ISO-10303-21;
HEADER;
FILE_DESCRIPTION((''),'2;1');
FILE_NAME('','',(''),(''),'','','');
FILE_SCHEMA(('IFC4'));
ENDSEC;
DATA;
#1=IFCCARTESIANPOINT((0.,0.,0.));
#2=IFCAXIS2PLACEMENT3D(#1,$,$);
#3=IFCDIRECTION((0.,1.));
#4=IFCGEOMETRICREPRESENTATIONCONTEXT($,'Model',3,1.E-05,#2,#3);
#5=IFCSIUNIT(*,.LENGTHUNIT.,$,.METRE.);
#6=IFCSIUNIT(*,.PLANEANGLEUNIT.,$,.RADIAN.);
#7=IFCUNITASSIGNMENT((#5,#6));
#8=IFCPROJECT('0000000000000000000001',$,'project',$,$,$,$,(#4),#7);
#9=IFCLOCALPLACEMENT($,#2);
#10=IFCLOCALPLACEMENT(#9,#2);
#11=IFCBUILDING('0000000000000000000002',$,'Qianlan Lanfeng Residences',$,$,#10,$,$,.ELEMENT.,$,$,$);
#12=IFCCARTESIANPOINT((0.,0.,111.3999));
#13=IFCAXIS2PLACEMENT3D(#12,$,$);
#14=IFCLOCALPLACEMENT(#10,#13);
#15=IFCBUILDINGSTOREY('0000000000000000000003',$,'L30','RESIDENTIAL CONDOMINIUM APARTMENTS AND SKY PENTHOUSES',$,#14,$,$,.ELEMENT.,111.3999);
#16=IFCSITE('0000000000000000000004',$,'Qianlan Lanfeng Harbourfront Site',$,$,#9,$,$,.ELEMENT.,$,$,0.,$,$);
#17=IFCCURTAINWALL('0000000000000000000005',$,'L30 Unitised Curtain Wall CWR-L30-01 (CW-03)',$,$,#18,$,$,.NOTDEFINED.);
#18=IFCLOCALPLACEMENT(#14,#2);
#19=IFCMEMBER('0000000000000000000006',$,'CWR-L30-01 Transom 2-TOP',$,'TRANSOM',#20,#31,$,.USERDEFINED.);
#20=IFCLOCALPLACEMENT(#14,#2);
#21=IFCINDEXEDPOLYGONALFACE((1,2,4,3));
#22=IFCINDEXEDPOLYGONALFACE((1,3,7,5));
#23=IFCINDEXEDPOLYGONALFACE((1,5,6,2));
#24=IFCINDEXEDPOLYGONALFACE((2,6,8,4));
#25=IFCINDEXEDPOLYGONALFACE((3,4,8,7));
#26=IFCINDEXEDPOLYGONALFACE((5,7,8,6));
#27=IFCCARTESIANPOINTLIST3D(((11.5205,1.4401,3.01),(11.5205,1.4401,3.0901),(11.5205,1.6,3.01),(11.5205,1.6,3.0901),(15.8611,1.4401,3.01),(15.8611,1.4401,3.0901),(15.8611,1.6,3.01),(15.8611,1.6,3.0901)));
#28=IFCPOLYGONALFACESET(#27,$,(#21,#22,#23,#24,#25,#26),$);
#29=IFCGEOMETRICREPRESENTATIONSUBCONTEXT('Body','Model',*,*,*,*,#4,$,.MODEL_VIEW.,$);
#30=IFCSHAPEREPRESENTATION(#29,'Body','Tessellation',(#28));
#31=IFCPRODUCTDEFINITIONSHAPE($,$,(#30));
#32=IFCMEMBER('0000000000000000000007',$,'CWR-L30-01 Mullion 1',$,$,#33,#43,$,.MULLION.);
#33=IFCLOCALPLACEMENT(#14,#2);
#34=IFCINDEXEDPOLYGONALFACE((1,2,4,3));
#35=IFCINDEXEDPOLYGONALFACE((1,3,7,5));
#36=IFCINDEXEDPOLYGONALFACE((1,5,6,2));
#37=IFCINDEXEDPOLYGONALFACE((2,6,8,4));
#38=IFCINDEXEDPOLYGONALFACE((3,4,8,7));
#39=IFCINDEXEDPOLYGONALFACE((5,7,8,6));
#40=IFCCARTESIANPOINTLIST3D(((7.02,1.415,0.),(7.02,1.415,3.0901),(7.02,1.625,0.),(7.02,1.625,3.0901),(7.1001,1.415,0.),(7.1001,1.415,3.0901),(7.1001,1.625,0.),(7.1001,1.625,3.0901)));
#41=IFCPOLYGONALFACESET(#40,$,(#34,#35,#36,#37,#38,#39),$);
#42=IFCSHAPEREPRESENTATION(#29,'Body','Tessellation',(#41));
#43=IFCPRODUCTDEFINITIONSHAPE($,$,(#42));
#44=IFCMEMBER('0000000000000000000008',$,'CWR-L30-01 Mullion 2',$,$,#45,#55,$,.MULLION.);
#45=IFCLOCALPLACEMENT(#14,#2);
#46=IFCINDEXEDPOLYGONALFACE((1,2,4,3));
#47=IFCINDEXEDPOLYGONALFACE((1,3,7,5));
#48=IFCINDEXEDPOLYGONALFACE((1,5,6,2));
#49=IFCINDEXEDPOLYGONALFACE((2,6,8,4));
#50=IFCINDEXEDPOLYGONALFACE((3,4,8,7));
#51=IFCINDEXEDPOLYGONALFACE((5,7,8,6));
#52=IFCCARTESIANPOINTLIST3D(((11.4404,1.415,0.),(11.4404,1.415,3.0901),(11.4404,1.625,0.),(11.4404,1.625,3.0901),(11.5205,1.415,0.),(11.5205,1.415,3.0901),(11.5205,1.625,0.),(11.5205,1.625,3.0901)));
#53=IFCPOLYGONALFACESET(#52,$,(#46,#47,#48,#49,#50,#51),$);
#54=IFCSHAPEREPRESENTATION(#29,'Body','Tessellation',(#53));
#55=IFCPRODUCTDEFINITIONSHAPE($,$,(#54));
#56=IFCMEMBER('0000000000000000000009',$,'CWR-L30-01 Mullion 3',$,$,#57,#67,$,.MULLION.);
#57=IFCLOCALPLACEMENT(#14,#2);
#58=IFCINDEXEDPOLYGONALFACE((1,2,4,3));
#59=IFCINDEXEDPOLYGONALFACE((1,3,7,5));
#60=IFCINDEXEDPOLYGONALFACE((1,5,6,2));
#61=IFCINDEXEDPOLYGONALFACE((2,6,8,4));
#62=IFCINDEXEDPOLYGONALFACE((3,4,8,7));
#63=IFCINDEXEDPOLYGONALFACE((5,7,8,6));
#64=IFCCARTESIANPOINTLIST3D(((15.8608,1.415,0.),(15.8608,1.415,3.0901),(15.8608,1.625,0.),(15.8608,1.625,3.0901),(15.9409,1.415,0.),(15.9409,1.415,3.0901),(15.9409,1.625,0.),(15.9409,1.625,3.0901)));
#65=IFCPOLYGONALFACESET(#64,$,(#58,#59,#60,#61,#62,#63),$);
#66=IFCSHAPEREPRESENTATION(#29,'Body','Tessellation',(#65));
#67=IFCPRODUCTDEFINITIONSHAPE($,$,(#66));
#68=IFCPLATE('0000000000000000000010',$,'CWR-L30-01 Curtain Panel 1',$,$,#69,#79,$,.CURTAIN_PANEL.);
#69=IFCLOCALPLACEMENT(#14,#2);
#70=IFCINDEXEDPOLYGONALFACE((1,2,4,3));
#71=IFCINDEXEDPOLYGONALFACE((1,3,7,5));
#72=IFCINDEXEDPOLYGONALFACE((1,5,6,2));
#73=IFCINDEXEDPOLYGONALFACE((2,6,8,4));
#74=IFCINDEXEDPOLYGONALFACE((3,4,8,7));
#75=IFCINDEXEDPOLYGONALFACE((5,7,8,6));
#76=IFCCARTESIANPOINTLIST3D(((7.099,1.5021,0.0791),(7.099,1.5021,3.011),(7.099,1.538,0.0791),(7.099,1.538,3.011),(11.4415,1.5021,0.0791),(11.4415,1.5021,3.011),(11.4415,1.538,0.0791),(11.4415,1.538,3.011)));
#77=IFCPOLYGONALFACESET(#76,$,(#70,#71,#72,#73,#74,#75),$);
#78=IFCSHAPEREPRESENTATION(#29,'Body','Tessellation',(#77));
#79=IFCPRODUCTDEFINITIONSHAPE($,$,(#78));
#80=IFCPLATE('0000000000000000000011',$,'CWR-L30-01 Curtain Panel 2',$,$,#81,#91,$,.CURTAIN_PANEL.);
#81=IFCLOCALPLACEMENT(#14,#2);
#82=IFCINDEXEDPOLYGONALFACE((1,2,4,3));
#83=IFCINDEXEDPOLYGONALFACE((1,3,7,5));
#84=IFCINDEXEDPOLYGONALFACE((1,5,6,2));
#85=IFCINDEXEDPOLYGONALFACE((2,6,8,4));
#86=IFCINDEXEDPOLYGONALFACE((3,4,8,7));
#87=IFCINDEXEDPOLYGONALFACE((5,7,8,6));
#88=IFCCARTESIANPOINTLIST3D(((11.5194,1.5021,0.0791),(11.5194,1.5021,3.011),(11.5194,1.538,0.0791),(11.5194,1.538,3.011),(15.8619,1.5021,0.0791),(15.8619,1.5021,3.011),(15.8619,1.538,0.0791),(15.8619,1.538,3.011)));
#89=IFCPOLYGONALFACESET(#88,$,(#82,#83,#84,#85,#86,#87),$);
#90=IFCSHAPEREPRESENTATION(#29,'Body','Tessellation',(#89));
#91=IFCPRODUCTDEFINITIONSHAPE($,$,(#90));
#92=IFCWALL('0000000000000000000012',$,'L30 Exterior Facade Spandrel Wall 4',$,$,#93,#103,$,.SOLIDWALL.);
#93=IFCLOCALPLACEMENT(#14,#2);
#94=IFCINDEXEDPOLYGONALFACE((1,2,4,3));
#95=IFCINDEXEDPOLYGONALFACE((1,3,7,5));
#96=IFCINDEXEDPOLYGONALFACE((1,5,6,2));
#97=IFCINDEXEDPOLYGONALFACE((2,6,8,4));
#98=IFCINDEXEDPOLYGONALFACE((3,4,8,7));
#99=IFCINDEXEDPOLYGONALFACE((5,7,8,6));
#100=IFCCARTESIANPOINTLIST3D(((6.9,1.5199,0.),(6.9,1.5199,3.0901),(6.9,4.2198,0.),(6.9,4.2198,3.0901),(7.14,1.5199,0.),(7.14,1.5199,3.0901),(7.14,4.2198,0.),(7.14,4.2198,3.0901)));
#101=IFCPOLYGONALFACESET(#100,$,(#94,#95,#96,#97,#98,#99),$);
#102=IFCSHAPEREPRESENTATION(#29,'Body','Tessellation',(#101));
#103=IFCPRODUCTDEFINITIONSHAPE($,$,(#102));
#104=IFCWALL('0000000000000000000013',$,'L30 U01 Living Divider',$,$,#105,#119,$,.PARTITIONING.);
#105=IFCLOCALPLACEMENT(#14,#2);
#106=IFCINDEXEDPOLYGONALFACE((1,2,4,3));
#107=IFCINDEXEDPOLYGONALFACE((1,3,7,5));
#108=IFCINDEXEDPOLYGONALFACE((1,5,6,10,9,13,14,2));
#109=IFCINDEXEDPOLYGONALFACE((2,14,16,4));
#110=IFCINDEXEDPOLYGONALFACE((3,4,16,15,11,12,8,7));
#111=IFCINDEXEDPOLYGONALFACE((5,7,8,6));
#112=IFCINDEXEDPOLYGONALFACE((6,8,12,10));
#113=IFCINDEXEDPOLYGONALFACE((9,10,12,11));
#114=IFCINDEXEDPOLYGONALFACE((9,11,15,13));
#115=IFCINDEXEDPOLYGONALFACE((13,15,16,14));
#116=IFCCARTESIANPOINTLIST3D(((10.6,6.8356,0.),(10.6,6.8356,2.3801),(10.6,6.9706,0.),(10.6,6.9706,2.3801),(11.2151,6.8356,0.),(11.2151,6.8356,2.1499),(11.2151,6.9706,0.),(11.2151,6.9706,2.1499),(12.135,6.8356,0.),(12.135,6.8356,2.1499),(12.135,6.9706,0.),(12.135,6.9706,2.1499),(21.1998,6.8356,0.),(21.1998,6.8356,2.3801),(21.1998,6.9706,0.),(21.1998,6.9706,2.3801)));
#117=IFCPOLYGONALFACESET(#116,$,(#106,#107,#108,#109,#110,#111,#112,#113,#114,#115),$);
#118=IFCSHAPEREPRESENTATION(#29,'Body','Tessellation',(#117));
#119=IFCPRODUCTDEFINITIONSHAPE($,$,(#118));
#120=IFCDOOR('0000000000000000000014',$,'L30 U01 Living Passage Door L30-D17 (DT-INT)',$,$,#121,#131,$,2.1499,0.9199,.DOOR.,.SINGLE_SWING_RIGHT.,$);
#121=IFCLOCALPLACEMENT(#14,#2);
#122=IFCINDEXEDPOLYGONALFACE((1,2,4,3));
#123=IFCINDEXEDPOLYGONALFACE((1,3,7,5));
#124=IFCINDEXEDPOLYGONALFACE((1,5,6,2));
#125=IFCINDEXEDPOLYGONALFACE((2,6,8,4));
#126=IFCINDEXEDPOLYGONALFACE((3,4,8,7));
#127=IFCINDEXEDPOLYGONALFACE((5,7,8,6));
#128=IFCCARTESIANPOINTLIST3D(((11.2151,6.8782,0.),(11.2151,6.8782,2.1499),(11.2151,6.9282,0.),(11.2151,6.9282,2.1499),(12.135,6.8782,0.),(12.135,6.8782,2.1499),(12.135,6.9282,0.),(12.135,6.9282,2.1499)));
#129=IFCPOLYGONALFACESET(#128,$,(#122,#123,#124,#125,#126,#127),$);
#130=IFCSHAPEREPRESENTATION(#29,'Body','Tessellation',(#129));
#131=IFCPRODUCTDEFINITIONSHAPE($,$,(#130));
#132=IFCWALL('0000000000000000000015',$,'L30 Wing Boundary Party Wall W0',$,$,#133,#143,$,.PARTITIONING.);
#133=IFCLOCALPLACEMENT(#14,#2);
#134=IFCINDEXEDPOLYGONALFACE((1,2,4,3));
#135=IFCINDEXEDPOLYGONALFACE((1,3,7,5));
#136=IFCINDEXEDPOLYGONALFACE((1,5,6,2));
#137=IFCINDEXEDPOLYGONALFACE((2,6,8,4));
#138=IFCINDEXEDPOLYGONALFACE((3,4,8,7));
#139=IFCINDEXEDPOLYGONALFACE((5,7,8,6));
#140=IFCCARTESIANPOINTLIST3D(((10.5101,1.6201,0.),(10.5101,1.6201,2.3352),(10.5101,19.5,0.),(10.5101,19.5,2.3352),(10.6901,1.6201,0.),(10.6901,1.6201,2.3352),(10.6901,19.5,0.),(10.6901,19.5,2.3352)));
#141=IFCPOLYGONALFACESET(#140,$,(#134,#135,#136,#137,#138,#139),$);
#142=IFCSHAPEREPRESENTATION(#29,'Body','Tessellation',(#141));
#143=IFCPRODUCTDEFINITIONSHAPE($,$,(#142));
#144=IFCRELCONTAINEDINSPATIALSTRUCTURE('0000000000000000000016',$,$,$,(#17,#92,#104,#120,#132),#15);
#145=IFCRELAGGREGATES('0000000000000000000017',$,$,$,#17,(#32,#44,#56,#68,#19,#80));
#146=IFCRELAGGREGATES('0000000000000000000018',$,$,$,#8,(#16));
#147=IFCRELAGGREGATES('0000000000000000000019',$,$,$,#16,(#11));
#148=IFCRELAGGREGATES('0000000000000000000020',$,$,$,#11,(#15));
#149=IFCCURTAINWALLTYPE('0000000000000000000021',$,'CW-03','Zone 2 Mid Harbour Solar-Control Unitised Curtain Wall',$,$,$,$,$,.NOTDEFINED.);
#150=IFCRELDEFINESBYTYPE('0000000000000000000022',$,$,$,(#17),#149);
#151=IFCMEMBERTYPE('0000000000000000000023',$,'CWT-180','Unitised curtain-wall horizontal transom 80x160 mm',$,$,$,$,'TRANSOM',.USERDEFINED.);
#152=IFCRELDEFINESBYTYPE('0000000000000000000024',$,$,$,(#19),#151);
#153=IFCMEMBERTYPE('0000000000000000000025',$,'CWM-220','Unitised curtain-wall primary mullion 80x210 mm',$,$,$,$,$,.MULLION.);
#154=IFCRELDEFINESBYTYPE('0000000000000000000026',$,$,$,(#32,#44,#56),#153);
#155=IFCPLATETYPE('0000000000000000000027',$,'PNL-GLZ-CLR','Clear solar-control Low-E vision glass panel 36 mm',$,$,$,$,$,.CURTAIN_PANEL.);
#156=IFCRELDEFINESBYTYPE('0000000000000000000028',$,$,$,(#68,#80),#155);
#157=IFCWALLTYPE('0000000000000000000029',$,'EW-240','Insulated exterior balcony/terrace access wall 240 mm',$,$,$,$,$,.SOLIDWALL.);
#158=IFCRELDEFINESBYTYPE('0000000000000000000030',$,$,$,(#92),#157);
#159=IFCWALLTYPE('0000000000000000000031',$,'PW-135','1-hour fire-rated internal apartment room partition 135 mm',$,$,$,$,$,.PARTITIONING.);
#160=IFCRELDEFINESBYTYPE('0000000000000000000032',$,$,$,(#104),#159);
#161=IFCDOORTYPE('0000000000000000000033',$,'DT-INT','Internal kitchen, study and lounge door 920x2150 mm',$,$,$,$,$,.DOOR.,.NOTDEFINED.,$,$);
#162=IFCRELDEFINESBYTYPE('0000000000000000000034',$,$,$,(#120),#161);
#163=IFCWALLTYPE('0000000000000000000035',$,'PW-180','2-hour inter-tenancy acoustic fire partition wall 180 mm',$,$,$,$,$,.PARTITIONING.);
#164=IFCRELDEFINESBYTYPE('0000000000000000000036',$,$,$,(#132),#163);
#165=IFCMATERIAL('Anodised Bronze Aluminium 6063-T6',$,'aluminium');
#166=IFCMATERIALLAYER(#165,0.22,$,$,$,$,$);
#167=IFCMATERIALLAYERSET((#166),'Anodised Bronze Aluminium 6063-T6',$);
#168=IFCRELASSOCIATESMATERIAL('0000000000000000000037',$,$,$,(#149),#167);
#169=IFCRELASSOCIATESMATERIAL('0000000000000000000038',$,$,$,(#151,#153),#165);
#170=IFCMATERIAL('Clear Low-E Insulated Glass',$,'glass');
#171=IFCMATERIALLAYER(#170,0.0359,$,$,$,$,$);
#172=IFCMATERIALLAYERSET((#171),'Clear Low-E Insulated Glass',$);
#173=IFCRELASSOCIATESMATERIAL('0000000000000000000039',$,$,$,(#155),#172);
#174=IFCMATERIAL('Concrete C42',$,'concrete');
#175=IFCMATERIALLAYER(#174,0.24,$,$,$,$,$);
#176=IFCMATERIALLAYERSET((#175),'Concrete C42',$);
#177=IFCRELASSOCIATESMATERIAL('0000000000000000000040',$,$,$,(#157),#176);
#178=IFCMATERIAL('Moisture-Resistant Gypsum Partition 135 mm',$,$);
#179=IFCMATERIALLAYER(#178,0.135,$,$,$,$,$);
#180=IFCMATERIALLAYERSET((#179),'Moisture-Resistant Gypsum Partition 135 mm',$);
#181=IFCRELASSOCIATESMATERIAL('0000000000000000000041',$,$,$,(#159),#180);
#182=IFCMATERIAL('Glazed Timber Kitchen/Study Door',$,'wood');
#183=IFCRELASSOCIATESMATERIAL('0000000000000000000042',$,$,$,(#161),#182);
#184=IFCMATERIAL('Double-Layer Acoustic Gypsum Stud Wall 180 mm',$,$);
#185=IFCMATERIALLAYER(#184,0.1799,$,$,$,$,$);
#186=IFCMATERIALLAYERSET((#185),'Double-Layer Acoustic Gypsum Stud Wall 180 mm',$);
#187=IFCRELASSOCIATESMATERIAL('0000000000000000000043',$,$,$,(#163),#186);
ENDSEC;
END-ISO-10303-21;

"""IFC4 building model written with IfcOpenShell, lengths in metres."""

from ifc_helpers import new_model, si_unit, direction, frame, frame_2d, origin, origin_2d, place, context, subcontext, project, spatial, rectangle, extrude, source, transform, mapped, material, layer, layer_set, material_profile, profile_set, type_object, element, fill, aggregate, save


model = new_model("IFC4")

# Units and contexts
model_context = context("Model", 3, precision=1e-05, world=origin(), true_north=direction((0.0, 1.0)))
body_context = subcontext(model_context, "Body", "Model", "MODEL_VIEW")
ifc_project = project(units=[si_unit("LENGTHUNIT", "METRE"), si_unit("PLANEANGLEUNIT", "RADIAN")], contexts=[model_context])

# Site, building, storey
site_placement = place(None, origin())
site = spatial("IfcSite", under=ifc_project, at=site_placement, Name="Qianlan Lanfeng Harbourfront Site", CompositionType="ELEMENT", RefElevation=0.0)
building_placement = place(site_placement, origin())
building = spatial("IfcBuilding", under=site, at=building_placement, Name="Qianlan Lanfeng Residences", CompositionType="ELEMENT")
storey_placement = place(building_placement, frame((0.0, 0.0, 111.3999)))
storey = spatial("IfcBuildingStorey", under=building, at=storey_placement, Name="L30", Description="RESIDENTIAL CONDOMINIUM APARTMENTS AND SKY PENTHOUSES", CompositionType="ELEMENT", Elevation=111.3999)

# Curtain wall, members, plates
ifc_material_1 = material(Name="Anodised Bronze Aluminium 6063-T6", Category="aluminium")
ifc_layer_1 = layer(ifc_material_1, 0.22)
ifc_layer_set_1 = layer_set([ifc_layer_1], Name="Anodised Bronze Aluminium 6063-T6")
curtain_wall_type = type_object("IfcCurtainWallType", Name="CW-03", Description="Zone 2 Mid Harbour Solar-Control Unitised Curtain Wall", PredefinedType="NOTDEFINED", material=ifc_layer_set_1)
curtain_wall_placement = place(storey_placement, origin())
curtain_wall = element("IfcCurtainWall", 1, at=curtain_wall_placement, inside=storey, type_object=curtain_wall_type, Name="L30 Unitised Curtain Wall CWR-L30-01 (CW-03)", PredefinedType="NOTDEFINED")
ifc_material_profile_1 = material_profile(ifc_material_1, rectangle(XDim=0.0801, YDim=0.1599, at=origin_2d()), Name="ALU TRANSOM 80x160")
ifc_profile_set_1 = profile_set([ifc_material_profile_1], Name="Anodised Bronze Aluminium 6063-T6")
member_type_1 = type_object("IfcMemberType", Name="CWT-180", Description="Unitised curtain-wall horizontal transom 80x160 mm", ElementType="TRANSOM", PredefinedType="USERDEFINED", material=ifc_profile_set_1)
shared_shape_1 = source(origin(), body_context, "Body", "SweptSolid", [
    extrude(rectangle(XDim=0.0801, YDim=0.1599, at=origin_2d()), origin(), (0.0, 0.0, 1.0), 4.3406),
])
member_1_placement = place(storey_placement, frame((11.5205, 1.52, 3.05), z_axis=(1.0, 0.0, 0.0), x_axis=(0.0, 0.0, 1.0)))
member_1 = element("IfcMember", 2, at=member_1_placement, type_object=member_type_1, Name="CWR-L30-01 Transom 2-TOP", ObjectType="TRANSOM", PredefinedType="USERDEFINED", context=body_context, shape_type="MappedRepresentation", body=[
    mapped(shared_shape_1, transform((0.0, 0.0, 0.0), scale=1.0)),
])
ifc_material_profile_2 = material_profile(ifc_material_1, rectangle(XDim=0.0801, YDim=0.21, at=origin_2d()), Name="ALU MULLION 80x210")
ifc_profile_set_2 = profile_set([ifc_material_profile_2], Name="Anodised Bronze Aluminium 6063-T6")
member_type_2 = type_object("IfcMemberType", Name="CWM-220", Description="Unitised curtain-wall primary mullion 80x210 mm", PredefinedType="MULLION", material=ifc_profile_set_2)
shared_shape_2 = source(origin(), body_context, "Body", "SweptSolid", [
    extrude(rectangle(XDim=0.0801, YDim=0.21, at=origin_2d()), origin(), (0.0, 0.0, 1.0), 3.0901),
])
member_2_placement = place(storey_placement, frame((7.0601, 1.52, 0.0), z_axis=(0.0, 0.0, 1.0), x_axis=(1.0, 0.0, 0.0)))
member_2 = element("IfcMember", 3, at=member_2_placement, type_object=member_type_2, Name="CWR-L30-01 Mullion 1", PredefinedType="MULLION", context=body_context, shape_type="MappedRepresentation", body=[
    mapped(shared_shape_2, transform((0.0, 0.0, 0.0), scale=1.0)),
])
member_3_placement = place(storey_placement, frame((11.4805, 1.52, 0.0), z_axis=(0.0, 0.0, 1.0), x_axis=(1.0, 0.0, 0.0)))
member_3 = element("IfcMember", 4, at=member_3_placement, type_object=member_type_2, Name="CWR-L30-01 Mullion 2", PredefinedType="MULLION", context=body_context, shape_type="MappedRepresentation", body=[
    mapped(shared_shape_2, transform((0.0, 0.0, 0.0), scale=1.0)),
])
member_4_placement = place(storey_placement, frame((15.9009, 1.52, 0.0), z_axis=(0.0, 0.0, 1.0), x_axis=(1.0, 0.0, 0.0)))
member_4 = element("IfcMember", 5, at=member_4_placement, type_object=member_type_2, Name="CWR-L30-01 Mullion 3", PredefinedType="MULLION", context=body_context, shape_type="MappedRepresentation", body=[
    mapped(shared_shape_2, transform((0.0, 0.0, 0.0), scale=1.0)),
])
ifc_material_2 = material(Name="Clear Low-E Insulated Glass", Category="glass")
ifc_layer_2 = layer(ifc_material_2, 0.0359)
ifc_layer_set_2 = layer_set([ifc_layer_2], Name="Clear Low-E Insulated Glass")
plate_type = type_object("IfcPlateType", Name="PNL-GLZ-CLR", Description="Clear solar-control Low-E vision glass panel 36 mm", PredefinedType="CURTAIN_PANEL", material=ifc_layer_set_2)
shared_shape_3 = source(origin(), body_context, "Body", "SweptSolid", [
    extrude(rectangle(XDim=4.3425, YDim=0.0359, at=origin_2d()), origin(), (0.0, 0.0, 1.0), 2.9319),
])
plate_1_placement = place(storey_placement, frame((9.2703, 1.52, 0.0791), z_axis=(0.0, 0.0, 1.0), x_axis=(1.0, 0.0, 0.0)))
plate_1 = element("IfcPlate", 6, at=plate_1_placement, type_object=plate_type, Name="CWR-L30-01 Curtain Panel 1", PredefinedType="CURTAIN_PANEL", context=body_context, shape_type="MappedRepresentation", body=[
    mapped(shared_shape_3, transform((0.0, 0.0, 0.0), scale=1.0)),
])
plate_2_placement = place(storey_placement, frame((13.6907, 1.52, 0.0791), z_axis=(0.0, 0.0, 1.0), x_axis=(1.0, 0.0, 0.0)))
plate_2 = element("IfcPlate", 7, at=plate_2_placement, type_object=plate_type, Name="CWR-L30-01 Curtain Panel 2", PredefinedType="CURTAIN_PANEL", context=body_context, shape_type="MappedRepresentation", body=[
    mapped(shared_shape_3, transform((0.0, 0.0, 0.0), scale=1.0)),
])
aggregate(curtain_wall, [member_2, member_3, member_4, plate_1, member_1, plate_2])

# Wall
ifc_material_3 = material(Name="Concrete C42", Category="concrete")
ifc_layer_3 = layer(ifc_material_3, 0.24)
ifc_layer_set_3 = layer_set([ifc_layer_3], Name="Concrete C42")
wall_type_1 = type_object("IfcWallType", Name="EW-240", Description="Insulated exterior balcony/terrace access wall 240 mm", PredefinedType="SOLIDWALL", material=ifc_layer_set_3)
wall_1_placement = place(storey_placement, frame((7.02, 4.22, 0.0), z_axis=(0.0, 0.0, 1.0), x_axis=(0.0, -1.0, 0.0)))
element("IfcWall", 8, at=wall_1_placement, inside=storey, type_object=wall_type_1, Name="L30 Exterior Facade Spandrel Wall 4", PredefinedType="SOLIDWALL", context=body_context, shape_type="SweptSolid", body=[
    extrude(rectangle(XDim=2.7, YDim=0.24, at=frame_2d((1.3501, 0.0))), origin(), (0.0, 0.0, 1.0), 3.0901),
])

# Wall, opening, door
ifc_material_4 = material(Name="Moisture-Resistant Gypsum Partition 135 mm")
ifc_layer_4 = layer(ifc_material_4, 0.135)
ifc_layer_set_4 = layer_set([ifc_layer_4], Name="Moisture-Resistant Gypsum Partition 135 mm")
wall_type_2 = type_object("IfcWallType", Name="PW-135", Description="1-hour fire-rated internal apartment room partition 135 mm", PredefinedType="PARTITIONING", material=ifc_layer_set_4)
wall_2_placement = place(storey_placement, frame((10.6001, 6.9031, 0.0), z_axis=(0.0, 0.0, 1.0), x_axis=(1.0, 0.0, 0.0)))
wall_2 = element("IfcWall", 9, at=wall_2_placement, inside=storey, type_object=wall_type_2, Name="L30 U01 Living Divider", PredefinedType="PARTITIONING", context=body_context, shape_type="SweptSolid", body=[
    extrude(rectangle(XDim=10.5999, YDim=0.135, at=frame_2d((5.2998, 0.0))), origin(), (0.0, 0.0, 1.0), 2.3801),
])
opening_1_placement = place(wall_2_placement, frame((0.615, 0.0, 0.0)))
opening_1 = element("IfcOpeningElement", 10, at=opening_1_placement, cuts=wall_2, PredefinedType="OPENING", context=body_context, shape_type="SweptSolid", body=[
    extrude(rectangle(XDim=0.9199, YDim=2.1499, at=frame_2d((0.46, 1.075))), frame((0.0, 0.0776, 0.0), z_axis=(0.0, -1.0, 0.0), x_axis=(1.0, 0.0, 0.0)), (0.0, 0.0, 1.0), 0.155),
])
ifc_material_5 = material(Name="Glazed Timber Kitchen/Study Door", Category="wood")
door_type_1 = type_object("IfcDoorType", Name="DT-INT", Description="Internal kitchen, study and lounge door 920x2150 mm", OperationType="NOTDEFINED", PredefinedType="DOOR", material=ifc_material_5)
door_1_placement = place(opening_1_placement, frame((0.9199, 0.0, 0.0), z_axis=(0.0, 0.0, 1.0), x_axis=(-1.0, 0.0, 0.0)))
door_1 = element("IfcDoor", 11, at=door_1_placement, inside=storey, type_object=door_type_1, Name="L30 U01 Living Passage Door L30-D17 (DT-INT)", OperationType="SINGLE_SWING_RIGHT", OverallHeight=2.1499, OverallWidth=0.9199, PredefinedType="DOOR", context=body_context, shape_type="SweptSolid", body=[
    extrude(rectangle(XDim=0.9199, YDim=2.1499, at=frame_2d((0.46, 1.075))), frame((0.0, 0.0249, 0.0), z_axis=(0.0, -1.0, 0.0), x_axis=(1.0, 0.0, 0.0)), (0.0, 0.0, 1.0), 0.05),
])
fill(opening_1, door_1)

# Wall
ifc_material_6 = material(Name="Double-Layer Acoustic Gypsum Stud Wall 180 mm")
ifc_layer_5 = layer(ifc_material_6, 0.1799)
ifc_layer_set_5 = layer_set([ifc_layer_5], Name="Double-Layer Acoustic Gypsum Stud Wall 180 mm")
wall_type_3 = type_object("IfcWallType", Name="PW-180", Description="2-hour inter-tenancy acoustic fire partition wall 180 mm", PredefinedType="PARTITIONING", material=ifc_layer_set_5)
wall_3_placement = place(storey_placement, frame((10.6001, 1.6201, 0.0), z_axis=(0.0, 0.0, 1.0), x_axis=(0.0, 1.0, 0.0)))
element("IfcWall", 12, at=wall_3_placement, inside=storey, type_object=wall_type_3, Name="L30 Wing Boundary Party Wall W0", PredefinedType="PARTITIONING", context=body_context, shape_type="SweptSolid", body=[
    extrude(rectangle(XDim=17.8799, YDim=0.1799, at=frame_2d((8.9399, 0.0))), origin(), (0.0, 0.0, 1.0), 2.3352),
])

save(model, "model.ifc")
